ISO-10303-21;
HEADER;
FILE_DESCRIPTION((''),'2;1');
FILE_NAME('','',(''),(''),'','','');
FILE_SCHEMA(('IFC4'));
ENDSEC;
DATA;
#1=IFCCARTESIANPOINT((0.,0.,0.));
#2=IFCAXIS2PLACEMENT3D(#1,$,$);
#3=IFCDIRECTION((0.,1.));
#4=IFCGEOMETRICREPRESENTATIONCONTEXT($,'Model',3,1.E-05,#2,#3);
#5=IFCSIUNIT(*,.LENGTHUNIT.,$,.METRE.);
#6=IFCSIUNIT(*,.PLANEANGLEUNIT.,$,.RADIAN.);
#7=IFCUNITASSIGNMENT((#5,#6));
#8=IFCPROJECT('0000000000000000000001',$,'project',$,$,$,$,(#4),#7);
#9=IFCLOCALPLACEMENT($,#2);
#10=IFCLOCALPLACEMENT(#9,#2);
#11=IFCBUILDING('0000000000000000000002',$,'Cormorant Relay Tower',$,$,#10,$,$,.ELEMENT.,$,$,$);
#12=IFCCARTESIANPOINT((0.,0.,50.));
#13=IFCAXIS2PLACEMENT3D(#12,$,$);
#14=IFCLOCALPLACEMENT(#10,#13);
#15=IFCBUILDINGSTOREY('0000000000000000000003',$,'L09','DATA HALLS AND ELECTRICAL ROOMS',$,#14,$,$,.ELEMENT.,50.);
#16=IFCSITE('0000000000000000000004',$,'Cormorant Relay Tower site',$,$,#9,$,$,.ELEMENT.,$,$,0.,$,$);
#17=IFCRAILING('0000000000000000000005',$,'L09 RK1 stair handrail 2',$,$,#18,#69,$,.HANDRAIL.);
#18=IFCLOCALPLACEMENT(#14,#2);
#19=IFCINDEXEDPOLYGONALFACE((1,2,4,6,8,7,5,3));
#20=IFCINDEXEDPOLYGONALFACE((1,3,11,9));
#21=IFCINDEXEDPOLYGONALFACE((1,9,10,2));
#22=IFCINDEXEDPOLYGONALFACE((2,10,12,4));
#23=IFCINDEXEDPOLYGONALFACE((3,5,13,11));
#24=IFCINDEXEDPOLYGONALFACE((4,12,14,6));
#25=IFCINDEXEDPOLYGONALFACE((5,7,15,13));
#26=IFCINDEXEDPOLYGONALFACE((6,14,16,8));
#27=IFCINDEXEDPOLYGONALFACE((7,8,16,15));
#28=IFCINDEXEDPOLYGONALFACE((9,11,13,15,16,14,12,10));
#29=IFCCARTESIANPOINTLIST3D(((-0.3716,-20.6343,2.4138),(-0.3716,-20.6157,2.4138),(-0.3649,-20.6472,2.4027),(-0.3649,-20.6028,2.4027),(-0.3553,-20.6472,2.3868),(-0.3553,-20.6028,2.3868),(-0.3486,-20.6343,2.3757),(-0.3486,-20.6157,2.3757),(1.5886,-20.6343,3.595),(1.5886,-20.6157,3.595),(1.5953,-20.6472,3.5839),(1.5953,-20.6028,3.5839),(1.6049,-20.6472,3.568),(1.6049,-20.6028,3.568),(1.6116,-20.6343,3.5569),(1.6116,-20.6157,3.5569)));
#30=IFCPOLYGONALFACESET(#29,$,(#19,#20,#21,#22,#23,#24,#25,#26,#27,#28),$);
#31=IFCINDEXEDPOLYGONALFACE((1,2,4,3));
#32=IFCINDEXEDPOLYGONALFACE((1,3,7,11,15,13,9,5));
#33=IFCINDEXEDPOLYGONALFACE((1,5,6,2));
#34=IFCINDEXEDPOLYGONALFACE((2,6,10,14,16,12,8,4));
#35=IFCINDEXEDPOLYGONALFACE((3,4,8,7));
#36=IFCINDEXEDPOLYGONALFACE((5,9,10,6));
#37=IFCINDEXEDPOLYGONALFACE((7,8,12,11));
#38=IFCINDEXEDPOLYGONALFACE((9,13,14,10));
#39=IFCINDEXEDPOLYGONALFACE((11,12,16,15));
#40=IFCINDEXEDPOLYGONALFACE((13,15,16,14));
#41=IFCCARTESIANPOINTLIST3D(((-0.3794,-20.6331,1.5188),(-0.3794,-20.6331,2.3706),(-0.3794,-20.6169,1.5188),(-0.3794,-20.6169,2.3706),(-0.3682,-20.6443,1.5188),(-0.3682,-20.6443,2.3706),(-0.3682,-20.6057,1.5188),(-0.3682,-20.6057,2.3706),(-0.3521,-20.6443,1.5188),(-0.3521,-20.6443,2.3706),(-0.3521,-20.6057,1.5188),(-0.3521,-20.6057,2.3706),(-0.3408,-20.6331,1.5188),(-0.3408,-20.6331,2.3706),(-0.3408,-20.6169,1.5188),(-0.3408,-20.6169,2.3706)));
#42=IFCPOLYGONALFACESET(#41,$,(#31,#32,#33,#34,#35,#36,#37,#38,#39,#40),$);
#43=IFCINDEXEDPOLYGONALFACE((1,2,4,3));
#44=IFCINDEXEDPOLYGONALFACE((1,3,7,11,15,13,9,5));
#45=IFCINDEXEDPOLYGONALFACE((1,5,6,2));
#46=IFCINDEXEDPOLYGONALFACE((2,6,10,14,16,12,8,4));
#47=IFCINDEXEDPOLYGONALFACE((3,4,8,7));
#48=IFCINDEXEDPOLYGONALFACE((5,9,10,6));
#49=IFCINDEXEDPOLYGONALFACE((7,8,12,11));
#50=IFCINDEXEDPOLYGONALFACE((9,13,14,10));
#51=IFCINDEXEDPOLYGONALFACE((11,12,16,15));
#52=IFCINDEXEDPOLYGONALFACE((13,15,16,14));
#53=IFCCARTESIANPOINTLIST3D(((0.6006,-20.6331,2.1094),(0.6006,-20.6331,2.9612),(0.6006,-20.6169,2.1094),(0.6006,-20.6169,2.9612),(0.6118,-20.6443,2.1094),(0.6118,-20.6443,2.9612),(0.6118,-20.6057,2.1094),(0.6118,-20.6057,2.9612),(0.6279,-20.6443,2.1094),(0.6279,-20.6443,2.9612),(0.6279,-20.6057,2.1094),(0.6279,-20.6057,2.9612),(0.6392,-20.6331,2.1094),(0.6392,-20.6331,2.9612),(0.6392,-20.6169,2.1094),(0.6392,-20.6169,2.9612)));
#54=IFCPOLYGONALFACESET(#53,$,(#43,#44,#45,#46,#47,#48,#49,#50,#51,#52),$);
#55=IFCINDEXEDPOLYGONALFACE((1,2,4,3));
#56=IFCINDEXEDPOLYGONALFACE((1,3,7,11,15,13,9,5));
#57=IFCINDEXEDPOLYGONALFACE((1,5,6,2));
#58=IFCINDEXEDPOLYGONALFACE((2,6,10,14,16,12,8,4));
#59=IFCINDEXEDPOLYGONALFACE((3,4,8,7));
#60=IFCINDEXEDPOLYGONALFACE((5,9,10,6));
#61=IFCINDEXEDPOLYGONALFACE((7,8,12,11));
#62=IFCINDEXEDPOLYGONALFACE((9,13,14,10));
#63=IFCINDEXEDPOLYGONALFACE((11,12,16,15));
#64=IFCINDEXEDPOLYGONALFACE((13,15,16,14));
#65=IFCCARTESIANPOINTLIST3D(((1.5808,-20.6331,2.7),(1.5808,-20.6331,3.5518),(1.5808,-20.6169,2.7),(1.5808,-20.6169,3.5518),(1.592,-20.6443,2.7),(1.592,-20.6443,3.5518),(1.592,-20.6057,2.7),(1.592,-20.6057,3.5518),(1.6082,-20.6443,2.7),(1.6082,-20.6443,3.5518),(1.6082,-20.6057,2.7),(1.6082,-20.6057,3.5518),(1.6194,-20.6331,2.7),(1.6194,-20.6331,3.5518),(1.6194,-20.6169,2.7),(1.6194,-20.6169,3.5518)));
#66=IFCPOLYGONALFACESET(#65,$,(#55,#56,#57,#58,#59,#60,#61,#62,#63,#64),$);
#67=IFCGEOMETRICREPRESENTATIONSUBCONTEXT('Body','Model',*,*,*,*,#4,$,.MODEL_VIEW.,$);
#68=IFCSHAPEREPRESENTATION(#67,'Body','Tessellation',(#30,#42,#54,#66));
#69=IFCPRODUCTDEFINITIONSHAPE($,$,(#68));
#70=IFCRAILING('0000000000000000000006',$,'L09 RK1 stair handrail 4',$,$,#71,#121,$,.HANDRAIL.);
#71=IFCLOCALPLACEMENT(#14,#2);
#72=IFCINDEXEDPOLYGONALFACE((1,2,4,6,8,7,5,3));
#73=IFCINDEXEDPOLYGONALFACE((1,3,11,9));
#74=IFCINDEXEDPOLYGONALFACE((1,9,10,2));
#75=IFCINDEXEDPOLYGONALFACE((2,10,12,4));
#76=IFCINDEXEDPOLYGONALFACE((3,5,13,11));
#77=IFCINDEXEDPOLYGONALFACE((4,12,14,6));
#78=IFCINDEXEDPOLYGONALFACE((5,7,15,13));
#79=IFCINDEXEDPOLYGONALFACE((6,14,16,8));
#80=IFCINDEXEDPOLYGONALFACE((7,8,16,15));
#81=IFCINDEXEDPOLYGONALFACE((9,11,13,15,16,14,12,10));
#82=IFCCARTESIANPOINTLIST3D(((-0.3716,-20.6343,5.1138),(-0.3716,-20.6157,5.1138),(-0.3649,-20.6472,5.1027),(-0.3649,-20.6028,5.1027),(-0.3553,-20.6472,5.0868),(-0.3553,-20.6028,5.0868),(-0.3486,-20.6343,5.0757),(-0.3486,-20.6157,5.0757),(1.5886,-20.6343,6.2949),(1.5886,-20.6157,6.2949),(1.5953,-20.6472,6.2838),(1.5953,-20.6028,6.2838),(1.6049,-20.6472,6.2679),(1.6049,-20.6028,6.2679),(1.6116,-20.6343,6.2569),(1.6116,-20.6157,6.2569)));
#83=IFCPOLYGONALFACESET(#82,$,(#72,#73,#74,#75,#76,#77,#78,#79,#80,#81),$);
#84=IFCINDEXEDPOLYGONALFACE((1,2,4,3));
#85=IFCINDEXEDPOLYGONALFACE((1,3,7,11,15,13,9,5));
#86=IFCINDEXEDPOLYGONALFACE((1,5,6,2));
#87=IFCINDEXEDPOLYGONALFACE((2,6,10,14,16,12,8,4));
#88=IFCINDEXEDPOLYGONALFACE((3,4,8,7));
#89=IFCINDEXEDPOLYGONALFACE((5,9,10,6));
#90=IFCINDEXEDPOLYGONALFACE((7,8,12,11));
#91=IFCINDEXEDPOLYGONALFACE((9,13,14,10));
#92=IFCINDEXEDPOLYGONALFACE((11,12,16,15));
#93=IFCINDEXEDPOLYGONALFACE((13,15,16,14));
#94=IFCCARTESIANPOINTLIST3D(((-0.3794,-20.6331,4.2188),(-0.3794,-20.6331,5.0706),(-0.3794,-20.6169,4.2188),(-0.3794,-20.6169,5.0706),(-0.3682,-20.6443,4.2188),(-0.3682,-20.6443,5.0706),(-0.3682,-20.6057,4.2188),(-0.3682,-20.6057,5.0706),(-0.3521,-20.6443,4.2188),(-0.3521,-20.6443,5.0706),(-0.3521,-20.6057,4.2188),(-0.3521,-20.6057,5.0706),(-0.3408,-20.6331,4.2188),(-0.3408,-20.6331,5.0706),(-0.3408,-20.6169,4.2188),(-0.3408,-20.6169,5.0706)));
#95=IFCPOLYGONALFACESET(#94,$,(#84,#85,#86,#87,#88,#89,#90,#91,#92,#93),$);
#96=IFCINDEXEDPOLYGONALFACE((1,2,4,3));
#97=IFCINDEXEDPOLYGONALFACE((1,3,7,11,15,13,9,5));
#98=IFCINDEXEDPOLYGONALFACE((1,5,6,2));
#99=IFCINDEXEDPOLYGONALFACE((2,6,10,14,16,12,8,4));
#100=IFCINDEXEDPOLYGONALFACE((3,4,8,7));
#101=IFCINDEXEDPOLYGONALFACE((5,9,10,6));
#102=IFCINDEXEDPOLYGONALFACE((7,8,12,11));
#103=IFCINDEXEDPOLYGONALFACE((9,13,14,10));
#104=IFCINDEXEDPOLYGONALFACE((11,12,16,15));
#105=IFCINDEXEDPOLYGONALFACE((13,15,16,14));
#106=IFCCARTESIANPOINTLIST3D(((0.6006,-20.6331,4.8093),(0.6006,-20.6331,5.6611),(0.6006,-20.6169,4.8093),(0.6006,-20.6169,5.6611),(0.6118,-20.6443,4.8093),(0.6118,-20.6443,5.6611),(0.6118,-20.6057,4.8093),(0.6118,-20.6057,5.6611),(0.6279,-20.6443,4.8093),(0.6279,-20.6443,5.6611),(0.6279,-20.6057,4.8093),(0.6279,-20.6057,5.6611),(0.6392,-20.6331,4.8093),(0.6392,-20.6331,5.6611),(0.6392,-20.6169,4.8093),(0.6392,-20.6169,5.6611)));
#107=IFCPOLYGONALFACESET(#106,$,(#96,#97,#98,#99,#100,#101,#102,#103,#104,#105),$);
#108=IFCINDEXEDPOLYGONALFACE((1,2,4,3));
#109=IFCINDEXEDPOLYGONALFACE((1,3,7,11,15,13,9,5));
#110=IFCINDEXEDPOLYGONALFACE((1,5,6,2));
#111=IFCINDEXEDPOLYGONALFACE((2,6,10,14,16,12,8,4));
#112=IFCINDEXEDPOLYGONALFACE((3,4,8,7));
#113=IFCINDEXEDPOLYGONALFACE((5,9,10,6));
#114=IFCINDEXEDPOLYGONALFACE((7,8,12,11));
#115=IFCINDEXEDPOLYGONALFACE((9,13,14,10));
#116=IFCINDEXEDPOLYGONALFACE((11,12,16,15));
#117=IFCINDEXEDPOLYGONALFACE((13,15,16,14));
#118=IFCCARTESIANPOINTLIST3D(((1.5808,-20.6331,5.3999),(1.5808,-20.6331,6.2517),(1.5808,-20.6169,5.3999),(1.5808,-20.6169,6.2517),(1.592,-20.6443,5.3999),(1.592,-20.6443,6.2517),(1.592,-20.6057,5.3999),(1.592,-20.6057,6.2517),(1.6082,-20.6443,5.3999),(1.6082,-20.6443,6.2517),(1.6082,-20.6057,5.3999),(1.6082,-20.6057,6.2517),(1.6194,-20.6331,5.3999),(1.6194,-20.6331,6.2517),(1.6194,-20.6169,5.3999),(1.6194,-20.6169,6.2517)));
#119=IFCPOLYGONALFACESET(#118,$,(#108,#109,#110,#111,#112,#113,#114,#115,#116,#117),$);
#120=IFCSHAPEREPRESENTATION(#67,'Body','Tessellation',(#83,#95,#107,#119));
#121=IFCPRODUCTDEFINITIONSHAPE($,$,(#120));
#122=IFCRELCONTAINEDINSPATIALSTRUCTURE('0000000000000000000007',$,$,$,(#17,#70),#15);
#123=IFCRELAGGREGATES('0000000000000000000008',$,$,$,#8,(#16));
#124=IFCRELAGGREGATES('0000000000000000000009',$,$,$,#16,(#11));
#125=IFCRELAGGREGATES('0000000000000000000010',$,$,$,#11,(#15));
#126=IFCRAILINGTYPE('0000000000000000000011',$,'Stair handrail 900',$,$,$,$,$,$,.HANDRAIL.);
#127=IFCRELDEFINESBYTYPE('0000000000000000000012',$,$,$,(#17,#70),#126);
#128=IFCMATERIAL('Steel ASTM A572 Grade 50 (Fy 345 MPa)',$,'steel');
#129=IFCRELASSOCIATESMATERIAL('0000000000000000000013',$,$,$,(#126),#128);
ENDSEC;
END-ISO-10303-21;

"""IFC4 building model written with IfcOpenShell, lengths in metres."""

from ifc_helpers import new_model, si_unit, direction, frame, origin, place, context, subcontext, project, spatial, polyline, outline, extrude, material, type_object, element, save


model = new_model("IFC4")

# Units and contexts
model_context = context("Model", 3, precision=1e-05, world=origin(), true_north=direction((0.0, 1.0)))
body_context = subcontext(model_context, "Body", "Model", "MODEL_VIEW")
ifc_project = project(units=[si_unit("LENGTHUNIT", "METRE"), si_unit("PLANEANGLEUNIT", "RADIAN")], contexts=[model_context])

# Site, building, storey
site_placement = place(None, origin())
site = spatial("IfcSite", under=ifc_project, at=site_placement, Name="Cormorant Relay Tower site", CompositionType="ELEMENT", RefElevation=0.0)
building_placement = place(site_placement, origin())
building = spatial("IfcBuilding", under=site, at=building_placement, Name="Cormorant Relay Tower", CompositionType="ELEMENT")
storey_placement = place(building_placement, frame((0.0, 0.0, 50.0)))
storey = spatial("IfcBuildingStorey", under=building, at=storey_placement, Name="L09", Description="DATA HALLS AND ELECTRICAL ROOMS", CompositionType="ELEMENT", Elevation=50.0)

# Railings
ifc_material_1 = material(Name="Steel ASTM A572 Grade 50 (Fy 345 MPa)", Category="steel")
railing_type_1 = type_object("IfcRailingType", Name="Stair handrail 900", PredefinedType="HANDRAIL", material=ifc_material_1)
for number, where, name in (
    (1, (-0.3601, -20.625, 1.5188), "L09 RK1 stair handrail 2"),
    (2, (-0.3601, -20.625, 4.2188), "L09 RK1 stair handrail 4"),
):
    element("IfcRailing", number, at=place(storey_placement, frame(where)), inside=storey, type_object=railing_type_1, Name=name, PredefinedType="HANDRAIL", context=body_context, shape_type="SweptSolid", body=[
        extrude(outline(polyline([(0.0222, 0.0093), (0.0093, 0.0222), (-0.0093, 0.0222), (-0.0222, 0.0093), (-0.0222, -0.0093), (-0.0093, -0.0222), (0.0093, -0.0222), (0.0222, -0.0093), (0.0222, 0.0093)])), frame((0.0, 0.0, 0.876), z_axis=(0.856522, 0.0, 0.516111), x_axis=(0.0, 1.0, 0.0)), (0.0, 0.0, 1.0), 2.2886),
        extrude(outline(polyline([(0.0193, 0.0081), (0.0081, 0.0193), (-0.0081, 0.0193), (-0.0193, 0.0081), (-0.0193, -0.0081), (-0.0081, -0.0193), (0.0081, -0.0193), (0.0193, -0.0081), (0.0193, 0.0081)])), origin(), (0.0, 0.0, 1.0), 0.8518),
        extrude(outline(polyline([(0.0193, 0.0081), (0.0081, 0.0193), (-0.0081, 0.0193), (-0.0193, 0.0081), (-0.0193, -0.0081), (-0.0081, -0.0193), (0.0081, -0.0193), (0.0193, -0.0081), (0.0193, 0.0081)])), frame((0.98, 0.0, 0.5906)), (0.0, 0.0, 1.0), 0.8518),
        extrude(outline(polyline([(0.0193, 0.0081), (0.0081, 0.0193), (-0.0081, 0.0193), (-0.0193, 0.0081), (-0.0193, -0.0081), (-0.0081, -0.0193), (0.0081, -0.0193), (0.0193, -0.0081), (0.0193, 0.0081)])), frame((1.9602, 0.0, 1.1812)), (0.0, 0.0, 1.0), 0.8518),
    ])

save(model, "model.ifc")
